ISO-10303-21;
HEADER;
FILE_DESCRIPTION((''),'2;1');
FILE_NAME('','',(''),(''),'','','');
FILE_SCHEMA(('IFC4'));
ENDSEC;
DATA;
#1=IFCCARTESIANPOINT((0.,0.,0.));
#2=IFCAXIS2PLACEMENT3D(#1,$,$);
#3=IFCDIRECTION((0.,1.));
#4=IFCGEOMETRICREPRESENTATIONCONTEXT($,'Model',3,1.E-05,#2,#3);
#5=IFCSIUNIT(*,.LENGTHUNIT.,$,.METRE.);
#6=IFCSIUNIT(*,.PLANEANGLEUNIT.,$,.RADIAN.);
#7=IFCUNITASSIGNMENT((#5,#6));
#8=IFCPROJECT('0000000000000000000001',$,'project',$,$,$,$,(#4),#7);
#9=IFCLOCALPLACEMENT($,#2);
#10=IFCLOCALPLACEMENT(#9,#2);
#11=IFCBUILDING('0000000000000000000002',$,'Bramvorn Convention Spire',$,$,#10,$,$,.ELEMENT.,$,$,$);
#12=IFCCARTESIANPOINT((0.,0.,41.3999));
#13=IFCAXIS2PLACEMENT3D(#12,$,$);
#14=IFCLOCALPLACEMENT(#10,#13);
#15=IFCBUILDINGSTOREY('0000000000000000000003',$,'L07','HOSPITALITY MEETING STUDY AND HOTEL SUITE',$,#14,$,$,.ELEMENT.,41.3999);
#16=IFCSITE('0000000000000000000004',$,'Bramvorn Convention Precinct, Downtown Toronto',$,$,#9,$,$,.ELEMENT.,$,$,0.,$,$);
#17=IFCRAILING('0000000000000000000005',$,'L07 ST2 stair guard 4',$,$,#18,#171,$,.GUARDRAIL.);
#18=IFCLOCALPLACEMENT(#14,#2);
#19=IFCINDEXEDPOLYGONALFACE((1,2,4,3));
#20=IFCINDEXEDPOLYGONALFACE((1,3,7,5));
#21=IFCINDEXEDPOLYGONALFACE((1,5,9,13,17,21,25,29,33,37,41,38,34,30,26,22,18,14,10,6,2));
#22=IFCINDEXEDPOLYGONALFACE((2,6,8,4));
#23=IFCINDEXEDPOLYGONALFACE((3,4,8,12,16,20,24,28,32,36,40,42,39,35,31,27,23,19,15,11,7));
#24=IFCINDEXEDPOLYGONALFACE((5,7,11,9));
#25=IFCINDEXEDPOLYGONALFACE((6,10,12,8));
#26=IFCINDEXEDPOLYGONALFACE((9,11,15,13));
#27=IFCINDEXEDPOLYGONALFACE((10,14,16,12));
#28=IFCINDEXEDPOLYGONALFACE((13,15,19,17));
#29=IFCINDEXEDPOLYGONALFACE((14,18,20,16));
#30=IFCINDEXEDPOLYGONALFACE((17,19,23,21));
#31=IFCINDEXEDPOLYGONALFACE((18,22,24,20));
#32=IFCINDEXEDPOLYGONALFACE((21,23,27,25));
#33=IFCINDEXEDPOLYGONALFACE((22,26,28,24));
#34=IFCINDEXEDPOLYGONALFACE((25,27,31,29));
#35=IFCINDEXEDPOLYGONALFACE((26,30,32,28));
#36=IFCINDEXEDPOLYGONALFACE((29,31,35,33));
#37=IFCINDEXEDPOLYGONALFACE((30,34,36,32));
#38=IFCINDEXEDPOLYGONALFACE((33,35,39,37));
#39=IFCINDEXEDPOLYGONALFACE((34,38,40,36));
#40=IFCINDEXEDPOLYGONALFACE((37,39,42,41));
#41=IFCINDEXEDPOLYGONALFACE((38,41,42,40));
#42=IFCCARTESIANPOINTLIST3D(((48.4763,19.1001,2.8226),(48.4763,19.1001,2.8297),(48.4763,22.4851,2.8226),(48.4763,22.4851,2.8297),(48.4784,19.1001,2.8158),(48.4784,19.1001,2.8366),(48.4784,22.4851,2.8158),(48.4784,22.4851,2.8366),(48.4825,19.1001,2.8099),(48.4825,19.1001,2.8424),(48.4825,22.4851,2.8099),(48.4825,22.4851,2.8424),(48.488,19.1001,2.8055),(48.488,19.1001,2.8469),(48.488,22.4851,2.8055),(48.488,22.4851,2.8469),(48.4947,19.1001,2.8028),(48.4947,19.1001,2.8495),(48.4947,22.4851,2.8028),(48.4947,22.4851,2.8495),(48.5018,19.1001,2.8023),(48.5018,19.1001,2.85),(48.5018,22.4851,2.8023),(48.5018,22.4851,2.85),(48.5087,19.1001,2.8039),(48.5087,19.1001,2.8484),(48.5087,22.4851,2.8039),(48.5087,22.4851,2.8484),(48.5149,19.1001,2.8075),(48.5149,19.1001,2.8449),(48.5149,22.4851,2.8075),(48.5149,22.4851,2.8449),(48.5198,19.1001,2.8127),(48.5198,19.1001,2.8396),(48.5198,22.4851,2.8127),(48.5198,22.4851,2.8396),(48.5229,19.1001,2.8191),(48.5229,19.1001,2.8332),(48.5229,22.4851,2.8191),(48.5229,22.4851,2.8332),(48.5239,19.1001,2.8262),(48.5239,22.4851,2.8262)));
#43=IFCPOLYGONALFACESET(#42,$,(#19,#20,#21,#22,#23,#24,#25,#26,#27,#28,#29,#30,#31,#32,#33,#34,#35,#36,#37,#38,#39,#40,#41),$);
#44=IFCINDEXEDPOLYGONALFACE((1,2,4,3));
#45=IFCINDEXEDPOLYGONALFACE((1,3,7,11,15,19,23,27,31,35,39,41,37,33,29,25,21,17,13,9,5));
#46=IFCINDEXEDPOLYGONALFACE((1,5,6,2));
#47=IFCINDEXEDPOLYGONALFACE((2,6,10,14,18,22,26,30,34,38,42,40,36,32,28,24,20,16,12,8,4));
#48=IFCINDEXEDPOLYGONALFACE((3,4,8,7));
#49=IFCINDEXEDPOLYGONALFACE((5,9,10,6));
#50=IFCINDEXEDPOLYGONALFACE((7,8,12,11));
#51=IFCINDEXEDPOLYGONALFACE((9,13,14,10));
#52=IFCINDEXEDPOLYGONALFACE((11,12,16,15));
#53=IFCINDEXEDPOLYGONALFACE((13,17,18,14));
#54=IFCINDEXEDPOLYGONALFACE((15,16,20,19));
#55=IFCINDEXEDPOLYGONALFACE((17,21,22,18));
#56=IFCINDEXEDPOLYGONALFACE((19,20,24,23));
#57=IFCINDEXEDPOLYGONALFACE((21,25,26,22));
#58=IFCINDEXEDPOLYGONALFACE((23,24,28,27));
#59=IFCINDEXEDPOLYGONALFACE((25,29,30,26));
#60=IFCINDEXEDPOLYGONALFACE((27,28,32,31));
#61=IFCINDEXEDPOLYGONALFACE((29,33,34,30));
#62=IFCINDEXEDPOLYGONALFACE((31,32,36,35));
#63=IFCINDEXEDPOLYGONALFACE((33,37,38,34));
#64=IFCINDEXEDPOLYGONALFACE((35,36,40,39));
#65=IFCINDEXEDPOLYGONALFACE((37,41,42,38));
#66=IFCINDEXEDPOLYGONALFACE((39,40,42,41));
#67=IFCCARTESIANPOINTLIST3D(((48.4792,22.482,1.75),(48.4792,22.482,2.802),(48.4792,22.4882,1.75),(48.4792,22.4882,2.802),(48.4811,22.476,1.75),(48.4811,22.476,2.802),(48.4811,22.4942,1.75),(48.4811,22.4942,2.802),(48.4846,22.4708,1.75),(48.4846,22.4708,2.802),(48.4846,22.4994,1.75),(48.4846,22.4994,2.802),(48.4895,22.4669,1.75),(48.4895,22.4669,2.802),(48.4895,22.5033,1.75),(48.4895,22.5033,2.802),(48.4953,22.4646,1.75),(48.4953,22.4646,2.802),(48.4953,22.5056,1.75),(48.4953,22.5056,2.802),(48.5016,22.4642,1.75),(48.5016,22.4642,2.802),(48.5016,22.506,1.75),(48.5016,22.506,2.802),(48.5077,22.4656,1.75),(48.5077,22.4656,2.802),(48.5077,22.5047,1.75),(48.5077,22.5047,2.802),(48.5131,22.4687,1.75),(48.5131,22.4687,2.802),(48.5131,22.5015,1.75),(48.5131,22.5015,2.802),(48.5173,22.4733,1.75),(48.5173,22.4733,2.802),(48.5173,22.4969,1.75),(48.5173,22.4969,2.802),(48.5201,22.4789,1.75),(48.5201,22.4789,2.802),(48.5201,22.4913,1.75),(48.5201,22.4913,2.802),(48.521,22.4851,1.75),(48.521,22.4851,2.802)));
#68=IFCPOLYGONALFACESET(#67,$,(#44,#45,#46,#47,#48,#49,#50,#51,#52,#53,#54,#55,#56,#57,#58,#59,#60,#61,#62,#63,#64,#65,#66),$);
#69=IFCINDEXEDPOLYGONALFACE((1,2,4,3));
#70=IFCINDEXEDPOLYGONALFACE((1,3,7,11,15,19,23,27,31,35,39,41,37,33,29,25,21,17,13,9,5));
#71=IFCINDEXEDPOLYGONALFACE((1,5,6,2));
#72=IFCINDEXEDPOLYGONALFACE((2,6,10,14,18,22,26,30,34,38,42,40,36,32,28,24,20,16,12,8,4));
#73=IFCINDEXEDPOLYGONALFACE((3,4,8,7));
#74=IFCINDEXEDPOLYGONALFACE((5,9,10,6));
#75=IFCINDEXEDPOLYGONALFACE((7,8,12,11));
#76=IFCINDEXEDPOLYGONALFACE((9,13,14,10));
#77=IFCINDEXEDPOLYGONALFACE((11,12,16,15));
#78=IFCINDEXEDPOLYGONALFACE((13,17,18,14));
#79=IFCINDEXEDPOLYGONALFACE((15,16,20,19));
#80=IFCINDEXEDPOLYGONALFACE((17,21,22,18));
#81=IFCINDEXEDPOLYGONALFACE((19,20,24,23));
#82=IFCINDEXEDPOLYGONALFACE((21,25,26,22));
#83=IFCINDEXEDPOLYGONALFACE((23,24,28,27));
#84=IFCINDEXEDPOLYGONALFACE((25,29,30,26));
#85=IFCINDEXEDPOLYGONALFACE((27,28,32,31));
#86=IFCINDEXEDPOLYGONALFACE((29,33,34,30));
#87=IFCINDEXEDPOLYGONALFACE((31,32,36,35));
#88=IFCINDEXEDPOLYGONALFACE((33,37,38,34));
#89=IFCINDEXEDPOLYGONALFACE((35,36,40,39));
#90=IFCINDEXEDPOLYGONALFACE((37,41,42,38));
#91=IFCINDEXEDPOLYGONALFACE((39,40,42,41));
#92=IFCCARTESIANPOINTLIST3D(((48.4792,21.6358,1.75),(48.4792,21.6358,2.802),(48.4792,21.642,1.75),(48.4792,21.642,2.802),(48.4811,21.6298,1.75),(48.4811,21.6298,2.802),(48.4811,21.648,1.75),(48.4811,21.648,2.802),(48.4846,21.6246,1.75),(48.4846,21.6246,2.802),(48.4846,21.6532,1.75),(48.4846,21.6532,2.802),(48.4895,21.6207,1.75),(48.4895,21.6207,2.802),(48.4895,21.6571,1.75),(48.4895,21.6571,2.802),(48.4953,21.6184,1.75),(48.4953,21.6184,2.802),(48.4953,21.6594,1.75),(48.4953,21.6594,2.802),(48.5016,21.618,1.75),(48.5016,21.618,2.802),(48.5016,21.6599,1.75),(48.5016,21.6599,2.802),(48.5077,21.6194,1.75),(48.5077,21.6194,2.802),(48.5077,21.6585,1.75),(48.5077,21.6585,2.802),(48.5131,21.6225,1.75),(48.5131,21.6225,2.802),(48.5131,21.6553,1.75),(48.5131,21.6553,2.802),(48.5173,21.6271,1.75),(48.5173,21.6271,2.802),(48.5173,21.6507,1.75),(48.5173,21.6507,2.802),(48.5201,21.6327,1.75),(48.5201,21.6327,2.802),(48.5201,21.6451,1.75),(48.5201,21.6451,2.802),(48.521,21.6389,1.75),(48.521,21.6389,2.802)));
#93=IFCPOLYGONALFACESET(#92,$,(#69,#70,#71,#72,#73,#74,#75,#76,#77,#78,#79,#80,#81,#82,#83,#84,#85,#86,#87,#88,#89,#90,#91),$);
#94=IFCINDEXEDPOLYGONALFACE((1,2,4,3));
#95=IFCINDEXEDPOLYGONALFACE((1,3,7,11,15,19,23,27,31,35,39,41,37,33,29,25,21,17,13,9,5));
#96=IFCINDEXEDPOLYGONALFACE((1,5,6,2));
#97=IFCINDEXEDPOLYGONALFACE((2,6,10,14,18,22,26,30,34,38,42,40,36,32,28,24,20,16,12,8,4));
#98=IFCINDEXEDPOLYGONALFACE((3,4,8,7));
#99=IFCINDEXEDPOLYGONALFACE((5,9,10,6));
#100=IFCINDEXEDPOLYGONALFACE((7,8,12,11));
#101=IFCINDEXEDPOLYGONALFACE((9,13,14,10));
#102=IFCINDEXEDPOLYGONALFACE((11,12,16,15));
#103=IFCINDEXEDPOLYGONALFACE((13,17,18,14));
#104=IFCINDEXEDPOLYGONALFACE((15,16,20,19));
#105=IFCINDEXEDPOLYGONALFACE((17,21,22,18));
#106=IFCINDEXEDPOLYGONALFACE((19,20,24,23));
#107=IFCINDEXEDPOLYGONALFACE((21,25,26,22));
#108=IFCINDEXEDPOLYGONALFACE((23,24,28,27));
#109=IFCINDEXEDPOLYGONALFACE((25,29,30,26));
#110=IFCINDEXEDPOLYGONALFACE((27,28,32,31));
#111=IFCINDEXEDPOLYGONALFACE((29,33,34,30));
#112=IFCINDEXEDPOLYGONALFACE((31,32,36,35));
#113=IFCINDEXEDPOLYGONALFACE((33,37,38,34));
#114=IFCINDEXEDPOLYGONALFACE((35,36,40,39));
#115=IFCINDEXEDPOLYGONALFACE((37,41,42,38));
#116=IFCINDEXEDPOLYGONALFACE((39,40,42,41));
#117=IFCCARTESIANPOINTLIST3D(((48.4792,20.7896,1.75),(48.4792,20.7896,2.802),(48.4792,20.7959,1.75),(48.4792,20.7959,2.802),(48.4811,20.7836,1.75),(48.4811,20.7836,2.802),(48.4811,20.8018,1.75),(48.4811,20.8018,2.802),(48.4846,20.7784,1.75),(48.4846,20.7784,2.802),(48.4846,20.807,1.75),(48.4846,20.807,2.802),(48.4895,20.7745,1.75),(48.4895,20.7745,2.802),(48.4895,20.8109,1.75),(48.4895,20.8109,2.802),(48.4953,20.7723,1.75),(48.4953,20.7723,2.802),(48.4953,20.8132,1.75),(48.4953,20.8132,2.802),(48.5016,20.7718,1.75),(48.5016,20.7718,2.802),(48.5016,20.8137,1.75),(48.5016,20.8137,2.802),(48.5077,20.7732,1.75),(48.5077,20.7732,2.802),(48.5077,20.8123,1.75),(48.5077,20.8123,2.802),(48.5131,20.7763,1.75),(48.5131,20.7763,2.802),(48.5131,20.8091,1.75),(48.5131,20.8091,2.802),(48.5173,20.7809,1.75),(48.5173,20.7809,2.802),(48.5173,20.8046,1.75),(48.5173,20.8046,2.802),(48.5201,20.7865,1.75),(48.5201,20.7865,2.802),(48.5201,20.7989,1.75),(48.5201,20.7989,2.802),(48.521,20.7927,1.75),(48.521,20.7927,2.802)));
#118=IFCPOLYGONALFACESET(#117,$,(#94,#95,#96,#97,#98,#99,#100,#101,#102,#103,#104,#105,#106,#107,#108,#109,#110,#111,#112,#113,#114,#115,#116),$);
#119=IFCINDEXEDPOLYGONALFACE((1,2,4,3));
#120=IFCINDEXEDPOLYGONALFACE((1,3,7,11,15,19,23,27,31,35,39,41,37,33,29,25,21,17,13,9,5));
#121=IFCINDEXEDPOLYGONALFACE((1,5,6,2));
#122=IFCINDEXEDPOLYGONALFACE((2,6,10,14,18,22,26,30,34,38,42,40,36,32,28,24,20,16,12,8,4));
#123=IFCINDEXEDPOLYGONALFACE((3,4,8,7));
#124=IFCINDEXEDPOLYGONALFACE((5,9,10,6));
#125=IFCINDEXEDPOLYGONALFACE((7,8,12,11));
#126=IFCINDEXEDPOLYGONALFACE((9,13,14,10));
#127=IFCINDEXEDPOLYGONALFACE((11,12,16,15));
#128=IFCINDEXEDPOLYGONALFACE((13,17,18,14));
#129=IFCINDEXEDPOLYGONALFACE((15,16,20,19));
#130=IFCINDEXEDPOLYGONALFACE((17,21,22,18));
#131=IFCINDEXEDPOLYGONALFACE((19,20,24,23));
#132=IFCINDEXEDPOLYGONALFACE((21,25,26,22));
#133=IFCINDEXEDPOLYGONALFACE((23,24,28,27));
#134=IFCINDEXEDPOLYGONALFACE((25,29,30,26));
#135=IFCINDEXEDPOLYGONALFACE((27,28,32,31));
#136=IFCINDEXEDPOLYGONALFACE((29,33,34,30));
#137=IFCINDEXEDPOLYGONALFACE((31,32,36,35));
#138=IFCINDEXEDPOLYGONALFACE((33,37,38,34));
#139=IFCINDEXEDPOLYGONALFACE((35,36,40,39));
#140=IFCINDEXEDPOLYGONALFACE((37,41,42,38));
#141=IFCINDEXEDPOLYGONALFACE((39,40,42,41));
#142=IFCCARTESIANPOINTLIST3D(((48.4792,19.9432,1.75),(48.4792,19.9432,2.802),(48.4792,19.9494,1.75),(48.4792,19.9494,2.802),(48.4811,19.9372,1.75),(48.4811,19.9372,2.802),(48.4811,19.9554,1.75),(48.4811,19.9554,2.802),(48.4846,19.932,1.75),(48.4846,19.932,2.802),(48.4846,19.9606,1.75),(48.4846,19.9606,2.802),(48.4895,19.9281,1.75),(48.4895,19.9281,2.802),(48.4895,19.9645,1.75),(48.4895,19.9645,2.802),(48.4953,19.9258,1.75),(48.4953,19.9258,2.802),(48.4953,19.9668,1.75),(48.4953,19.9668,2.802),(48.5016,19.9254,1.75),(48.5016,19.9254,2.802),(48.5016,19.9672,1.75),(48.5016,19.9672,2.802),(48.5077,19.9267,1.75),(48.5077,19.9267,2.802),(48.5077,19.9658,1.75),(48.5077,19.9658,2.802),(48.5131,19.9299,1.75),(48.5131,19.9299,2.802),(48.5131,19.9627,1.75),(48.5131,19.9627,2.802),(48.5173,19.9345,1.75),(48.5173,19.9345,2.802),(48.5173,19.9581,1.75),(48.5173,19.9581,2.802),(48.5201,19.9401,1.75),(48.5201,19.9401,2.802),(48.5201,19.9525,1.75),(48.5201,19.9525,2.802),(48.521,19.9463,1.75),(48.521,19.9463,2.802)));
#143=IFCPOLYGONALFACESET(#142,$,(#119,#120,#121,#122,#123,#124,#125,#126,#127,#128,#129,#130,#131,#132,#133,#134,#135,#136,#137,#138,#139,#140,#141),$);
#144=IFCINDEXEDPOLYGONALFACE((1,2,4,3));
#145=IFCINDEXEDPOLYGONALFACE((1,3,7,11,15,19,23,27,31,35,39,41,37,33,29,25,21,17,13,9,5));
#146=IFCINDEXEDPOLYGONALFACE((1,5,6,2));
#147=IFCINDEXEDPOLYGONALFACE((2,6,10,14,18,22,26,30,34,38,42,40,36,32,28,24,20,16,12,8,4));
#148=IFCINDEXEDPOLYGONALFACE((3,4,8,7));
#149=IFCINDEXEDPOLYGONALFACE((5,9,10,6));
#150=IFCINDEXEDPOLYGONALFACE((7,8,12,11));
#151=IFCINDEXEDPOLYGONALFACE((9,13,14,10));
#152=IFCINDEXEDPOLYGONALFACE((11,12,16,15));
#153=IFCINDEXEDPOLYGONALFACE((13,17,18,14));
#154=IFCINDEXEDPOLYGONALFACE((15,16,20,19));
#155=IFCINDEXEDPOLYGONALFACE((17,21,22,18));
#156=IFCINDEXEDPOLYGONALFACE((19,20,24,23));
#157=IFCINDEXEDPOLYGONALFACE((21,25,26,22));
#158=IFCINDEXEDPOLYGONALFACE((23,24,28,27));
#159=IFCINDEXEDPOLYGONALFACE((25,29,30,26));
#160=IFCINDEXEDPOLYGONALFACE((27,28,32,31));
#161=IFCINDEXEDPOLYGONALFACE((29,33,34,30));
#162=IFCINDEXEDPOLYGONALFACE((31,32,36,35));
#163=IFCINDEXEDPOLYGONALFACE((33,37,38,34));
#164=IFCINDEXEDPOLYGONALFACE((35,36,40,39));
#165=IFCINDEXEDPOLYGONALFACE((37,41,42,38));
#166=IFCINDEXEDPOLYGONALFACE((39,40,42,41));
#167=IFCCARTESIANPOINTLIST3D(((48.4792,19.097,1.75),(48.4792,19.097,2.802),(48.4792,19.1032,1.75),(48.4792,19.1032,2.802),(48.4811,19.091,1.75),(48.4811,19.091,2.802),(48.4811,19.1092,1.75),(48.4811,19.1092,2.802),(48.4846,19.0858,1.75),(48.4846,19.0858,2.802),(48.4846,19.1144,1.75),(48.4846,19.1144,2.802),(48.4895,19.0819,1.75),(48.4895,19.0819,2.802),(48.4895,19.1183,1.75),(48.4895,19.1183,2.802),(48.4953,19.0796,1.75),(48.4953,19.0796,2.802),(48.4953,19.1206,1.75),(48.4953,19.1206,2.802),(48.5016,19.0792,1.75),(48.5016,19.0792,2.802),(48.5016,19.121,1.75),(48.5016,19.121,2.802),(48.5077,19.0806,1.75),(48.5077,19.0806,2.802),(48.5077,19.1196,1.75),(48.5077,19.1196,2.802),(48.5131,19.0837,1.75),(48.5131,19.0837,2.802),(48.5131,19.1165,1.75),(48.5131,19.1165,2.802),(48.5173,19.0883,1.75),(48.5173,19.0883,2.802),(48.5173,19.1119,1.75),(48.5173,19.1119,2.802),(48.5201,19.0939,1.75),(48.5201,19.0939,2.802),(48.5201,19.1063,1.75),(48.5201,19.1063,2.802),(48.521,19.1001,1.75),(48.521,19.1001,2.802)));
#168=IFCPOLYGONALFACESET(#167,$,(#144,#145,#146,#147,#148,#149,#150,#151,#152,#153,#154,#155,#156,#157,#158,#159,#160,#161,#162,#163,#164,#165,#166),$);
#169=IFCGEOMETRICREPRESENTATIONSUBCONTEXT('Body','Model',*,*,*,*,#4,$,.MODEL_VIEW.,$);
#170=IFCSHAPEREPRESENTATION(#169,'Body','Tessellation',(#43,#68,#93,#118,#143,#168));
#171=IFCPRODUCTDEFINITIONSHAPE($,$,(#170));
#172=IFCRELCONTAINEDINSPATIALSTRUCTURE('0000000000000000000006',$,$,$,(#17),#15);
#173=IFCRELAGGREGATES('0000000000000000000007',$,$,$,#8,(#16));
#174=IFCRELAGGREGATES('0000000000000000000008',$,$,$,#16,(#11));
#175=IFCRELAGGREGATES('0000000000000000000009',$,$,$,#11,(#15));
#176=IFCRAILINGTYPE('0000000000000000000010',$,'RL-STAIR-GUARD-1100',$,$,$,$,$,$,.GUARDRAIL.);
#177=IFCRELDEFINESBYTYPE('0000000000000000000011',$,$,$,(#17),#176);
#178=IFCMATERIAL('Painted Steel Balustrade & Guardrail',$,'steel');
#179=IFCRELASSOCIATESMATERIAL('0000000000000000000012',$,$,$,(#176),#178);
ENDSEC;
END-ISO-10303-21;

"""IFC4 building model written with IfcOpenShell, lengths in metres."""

from ifc_helpers import new_model, si_unit, direction, frame, origin, origin_2d, place, context, subcontext, project, spatial, circle, extrude, material, type_object, element, save


model = new_model("IFC4")

# Units and contexts
model_context = context("Model", 3, precision=1e-05, world=origin(), true_north=direction((0.0, 1.0)))
body_context = subcontext(model_context, "Body", "Model", "MODEL_VIEW")
ifc_project = project(units=[si_unit("LENGTHUNIT", "METRE"), si_unit("PLANEANGLEUNIT", "RADIAN")], contexts=[model_context])

# Site, building, storey
site_placement = place(None, origin())
site = spatial("IfcSite", under=ifc_project, at=site_placement, Name="Bramvorn Convention Precinct, Downtown Toronto", CompositionType="ELEMENT", RefElevation=0.0)
building_placement = place(site_placement, origin())
building = spatial("IfcBuilding", under=site, at=building_placement, Name="Bramvorn Convention Spire", CompositionType="ELEMENT")
storey_placement = place(building_placement, frame((0.0, 0.0, 41.3999)))
storey = spatial("IfcBuildingStorey", under=building, at=storey_placement, Name="L07", Description="HOSPITALITY MEETING STUDY AND HOTEL SUITE", CompositionType="ELEMENT", Elevation=41.3999)

# Railing
ifc_material_1 = material(Name="Painted Steel Balustrade & Guardrail", Category="steel")
railing_type_1 = type_object("IfcRailingType", Name="RL-STAIR-GUARD-1100", PredefinedType="GUARDRAIL", material=ifc_material_1)
railing_1_placement = place(storey_placement, frame((48.5, 22.4851, 1.75)))
element("IfcRailing", 1, at=railing_1_placement, inside=storey, type_object=railing_type_1, Name="L07 ST2 stair guard 4", PredefinedType="GUARDRAIL", context=body_context, shape_type="SweptSolid", body=[
    extrude(circle(Radius=0.0239, at=origin_2d()), frame((0.0, 0.0, 1.0762), z_axis=(0.0, -1.0, 0.0), x_axis=(1.0, 0.0, 0.0)), (0.0, 0.0, 1.0), 3.385),
    extrude(circle(Radius=0.021, at=origin_2d()), origin(), (0.0, 0.0, 1.0), 1.052),
    extrude(circle(Radius=0.021, at=origin_2d()), frame((0.0, -0.8462, 0.0)), (0.0, 0.0, 1.0), 1.052),
    extrude(circle(Radius=0.021, at=origin_2d()), frame((0.0, -1.6924, 0.0)), (0.0, 0.0, 1.0), 1.052),
    extrude(circle(Radius=0.021, at=origin_2d()), frame((0.0, -2.5388, 0.0)), (0.0, 0.0, 1.0), 1.052),
    extrude(circle(Radius=0.021, at=origin_2d()), frame((0.0, -3.385, 0.0)), (0.0, 0.0, 1.0), 1.052),
])

save(model, "model.ifc")
